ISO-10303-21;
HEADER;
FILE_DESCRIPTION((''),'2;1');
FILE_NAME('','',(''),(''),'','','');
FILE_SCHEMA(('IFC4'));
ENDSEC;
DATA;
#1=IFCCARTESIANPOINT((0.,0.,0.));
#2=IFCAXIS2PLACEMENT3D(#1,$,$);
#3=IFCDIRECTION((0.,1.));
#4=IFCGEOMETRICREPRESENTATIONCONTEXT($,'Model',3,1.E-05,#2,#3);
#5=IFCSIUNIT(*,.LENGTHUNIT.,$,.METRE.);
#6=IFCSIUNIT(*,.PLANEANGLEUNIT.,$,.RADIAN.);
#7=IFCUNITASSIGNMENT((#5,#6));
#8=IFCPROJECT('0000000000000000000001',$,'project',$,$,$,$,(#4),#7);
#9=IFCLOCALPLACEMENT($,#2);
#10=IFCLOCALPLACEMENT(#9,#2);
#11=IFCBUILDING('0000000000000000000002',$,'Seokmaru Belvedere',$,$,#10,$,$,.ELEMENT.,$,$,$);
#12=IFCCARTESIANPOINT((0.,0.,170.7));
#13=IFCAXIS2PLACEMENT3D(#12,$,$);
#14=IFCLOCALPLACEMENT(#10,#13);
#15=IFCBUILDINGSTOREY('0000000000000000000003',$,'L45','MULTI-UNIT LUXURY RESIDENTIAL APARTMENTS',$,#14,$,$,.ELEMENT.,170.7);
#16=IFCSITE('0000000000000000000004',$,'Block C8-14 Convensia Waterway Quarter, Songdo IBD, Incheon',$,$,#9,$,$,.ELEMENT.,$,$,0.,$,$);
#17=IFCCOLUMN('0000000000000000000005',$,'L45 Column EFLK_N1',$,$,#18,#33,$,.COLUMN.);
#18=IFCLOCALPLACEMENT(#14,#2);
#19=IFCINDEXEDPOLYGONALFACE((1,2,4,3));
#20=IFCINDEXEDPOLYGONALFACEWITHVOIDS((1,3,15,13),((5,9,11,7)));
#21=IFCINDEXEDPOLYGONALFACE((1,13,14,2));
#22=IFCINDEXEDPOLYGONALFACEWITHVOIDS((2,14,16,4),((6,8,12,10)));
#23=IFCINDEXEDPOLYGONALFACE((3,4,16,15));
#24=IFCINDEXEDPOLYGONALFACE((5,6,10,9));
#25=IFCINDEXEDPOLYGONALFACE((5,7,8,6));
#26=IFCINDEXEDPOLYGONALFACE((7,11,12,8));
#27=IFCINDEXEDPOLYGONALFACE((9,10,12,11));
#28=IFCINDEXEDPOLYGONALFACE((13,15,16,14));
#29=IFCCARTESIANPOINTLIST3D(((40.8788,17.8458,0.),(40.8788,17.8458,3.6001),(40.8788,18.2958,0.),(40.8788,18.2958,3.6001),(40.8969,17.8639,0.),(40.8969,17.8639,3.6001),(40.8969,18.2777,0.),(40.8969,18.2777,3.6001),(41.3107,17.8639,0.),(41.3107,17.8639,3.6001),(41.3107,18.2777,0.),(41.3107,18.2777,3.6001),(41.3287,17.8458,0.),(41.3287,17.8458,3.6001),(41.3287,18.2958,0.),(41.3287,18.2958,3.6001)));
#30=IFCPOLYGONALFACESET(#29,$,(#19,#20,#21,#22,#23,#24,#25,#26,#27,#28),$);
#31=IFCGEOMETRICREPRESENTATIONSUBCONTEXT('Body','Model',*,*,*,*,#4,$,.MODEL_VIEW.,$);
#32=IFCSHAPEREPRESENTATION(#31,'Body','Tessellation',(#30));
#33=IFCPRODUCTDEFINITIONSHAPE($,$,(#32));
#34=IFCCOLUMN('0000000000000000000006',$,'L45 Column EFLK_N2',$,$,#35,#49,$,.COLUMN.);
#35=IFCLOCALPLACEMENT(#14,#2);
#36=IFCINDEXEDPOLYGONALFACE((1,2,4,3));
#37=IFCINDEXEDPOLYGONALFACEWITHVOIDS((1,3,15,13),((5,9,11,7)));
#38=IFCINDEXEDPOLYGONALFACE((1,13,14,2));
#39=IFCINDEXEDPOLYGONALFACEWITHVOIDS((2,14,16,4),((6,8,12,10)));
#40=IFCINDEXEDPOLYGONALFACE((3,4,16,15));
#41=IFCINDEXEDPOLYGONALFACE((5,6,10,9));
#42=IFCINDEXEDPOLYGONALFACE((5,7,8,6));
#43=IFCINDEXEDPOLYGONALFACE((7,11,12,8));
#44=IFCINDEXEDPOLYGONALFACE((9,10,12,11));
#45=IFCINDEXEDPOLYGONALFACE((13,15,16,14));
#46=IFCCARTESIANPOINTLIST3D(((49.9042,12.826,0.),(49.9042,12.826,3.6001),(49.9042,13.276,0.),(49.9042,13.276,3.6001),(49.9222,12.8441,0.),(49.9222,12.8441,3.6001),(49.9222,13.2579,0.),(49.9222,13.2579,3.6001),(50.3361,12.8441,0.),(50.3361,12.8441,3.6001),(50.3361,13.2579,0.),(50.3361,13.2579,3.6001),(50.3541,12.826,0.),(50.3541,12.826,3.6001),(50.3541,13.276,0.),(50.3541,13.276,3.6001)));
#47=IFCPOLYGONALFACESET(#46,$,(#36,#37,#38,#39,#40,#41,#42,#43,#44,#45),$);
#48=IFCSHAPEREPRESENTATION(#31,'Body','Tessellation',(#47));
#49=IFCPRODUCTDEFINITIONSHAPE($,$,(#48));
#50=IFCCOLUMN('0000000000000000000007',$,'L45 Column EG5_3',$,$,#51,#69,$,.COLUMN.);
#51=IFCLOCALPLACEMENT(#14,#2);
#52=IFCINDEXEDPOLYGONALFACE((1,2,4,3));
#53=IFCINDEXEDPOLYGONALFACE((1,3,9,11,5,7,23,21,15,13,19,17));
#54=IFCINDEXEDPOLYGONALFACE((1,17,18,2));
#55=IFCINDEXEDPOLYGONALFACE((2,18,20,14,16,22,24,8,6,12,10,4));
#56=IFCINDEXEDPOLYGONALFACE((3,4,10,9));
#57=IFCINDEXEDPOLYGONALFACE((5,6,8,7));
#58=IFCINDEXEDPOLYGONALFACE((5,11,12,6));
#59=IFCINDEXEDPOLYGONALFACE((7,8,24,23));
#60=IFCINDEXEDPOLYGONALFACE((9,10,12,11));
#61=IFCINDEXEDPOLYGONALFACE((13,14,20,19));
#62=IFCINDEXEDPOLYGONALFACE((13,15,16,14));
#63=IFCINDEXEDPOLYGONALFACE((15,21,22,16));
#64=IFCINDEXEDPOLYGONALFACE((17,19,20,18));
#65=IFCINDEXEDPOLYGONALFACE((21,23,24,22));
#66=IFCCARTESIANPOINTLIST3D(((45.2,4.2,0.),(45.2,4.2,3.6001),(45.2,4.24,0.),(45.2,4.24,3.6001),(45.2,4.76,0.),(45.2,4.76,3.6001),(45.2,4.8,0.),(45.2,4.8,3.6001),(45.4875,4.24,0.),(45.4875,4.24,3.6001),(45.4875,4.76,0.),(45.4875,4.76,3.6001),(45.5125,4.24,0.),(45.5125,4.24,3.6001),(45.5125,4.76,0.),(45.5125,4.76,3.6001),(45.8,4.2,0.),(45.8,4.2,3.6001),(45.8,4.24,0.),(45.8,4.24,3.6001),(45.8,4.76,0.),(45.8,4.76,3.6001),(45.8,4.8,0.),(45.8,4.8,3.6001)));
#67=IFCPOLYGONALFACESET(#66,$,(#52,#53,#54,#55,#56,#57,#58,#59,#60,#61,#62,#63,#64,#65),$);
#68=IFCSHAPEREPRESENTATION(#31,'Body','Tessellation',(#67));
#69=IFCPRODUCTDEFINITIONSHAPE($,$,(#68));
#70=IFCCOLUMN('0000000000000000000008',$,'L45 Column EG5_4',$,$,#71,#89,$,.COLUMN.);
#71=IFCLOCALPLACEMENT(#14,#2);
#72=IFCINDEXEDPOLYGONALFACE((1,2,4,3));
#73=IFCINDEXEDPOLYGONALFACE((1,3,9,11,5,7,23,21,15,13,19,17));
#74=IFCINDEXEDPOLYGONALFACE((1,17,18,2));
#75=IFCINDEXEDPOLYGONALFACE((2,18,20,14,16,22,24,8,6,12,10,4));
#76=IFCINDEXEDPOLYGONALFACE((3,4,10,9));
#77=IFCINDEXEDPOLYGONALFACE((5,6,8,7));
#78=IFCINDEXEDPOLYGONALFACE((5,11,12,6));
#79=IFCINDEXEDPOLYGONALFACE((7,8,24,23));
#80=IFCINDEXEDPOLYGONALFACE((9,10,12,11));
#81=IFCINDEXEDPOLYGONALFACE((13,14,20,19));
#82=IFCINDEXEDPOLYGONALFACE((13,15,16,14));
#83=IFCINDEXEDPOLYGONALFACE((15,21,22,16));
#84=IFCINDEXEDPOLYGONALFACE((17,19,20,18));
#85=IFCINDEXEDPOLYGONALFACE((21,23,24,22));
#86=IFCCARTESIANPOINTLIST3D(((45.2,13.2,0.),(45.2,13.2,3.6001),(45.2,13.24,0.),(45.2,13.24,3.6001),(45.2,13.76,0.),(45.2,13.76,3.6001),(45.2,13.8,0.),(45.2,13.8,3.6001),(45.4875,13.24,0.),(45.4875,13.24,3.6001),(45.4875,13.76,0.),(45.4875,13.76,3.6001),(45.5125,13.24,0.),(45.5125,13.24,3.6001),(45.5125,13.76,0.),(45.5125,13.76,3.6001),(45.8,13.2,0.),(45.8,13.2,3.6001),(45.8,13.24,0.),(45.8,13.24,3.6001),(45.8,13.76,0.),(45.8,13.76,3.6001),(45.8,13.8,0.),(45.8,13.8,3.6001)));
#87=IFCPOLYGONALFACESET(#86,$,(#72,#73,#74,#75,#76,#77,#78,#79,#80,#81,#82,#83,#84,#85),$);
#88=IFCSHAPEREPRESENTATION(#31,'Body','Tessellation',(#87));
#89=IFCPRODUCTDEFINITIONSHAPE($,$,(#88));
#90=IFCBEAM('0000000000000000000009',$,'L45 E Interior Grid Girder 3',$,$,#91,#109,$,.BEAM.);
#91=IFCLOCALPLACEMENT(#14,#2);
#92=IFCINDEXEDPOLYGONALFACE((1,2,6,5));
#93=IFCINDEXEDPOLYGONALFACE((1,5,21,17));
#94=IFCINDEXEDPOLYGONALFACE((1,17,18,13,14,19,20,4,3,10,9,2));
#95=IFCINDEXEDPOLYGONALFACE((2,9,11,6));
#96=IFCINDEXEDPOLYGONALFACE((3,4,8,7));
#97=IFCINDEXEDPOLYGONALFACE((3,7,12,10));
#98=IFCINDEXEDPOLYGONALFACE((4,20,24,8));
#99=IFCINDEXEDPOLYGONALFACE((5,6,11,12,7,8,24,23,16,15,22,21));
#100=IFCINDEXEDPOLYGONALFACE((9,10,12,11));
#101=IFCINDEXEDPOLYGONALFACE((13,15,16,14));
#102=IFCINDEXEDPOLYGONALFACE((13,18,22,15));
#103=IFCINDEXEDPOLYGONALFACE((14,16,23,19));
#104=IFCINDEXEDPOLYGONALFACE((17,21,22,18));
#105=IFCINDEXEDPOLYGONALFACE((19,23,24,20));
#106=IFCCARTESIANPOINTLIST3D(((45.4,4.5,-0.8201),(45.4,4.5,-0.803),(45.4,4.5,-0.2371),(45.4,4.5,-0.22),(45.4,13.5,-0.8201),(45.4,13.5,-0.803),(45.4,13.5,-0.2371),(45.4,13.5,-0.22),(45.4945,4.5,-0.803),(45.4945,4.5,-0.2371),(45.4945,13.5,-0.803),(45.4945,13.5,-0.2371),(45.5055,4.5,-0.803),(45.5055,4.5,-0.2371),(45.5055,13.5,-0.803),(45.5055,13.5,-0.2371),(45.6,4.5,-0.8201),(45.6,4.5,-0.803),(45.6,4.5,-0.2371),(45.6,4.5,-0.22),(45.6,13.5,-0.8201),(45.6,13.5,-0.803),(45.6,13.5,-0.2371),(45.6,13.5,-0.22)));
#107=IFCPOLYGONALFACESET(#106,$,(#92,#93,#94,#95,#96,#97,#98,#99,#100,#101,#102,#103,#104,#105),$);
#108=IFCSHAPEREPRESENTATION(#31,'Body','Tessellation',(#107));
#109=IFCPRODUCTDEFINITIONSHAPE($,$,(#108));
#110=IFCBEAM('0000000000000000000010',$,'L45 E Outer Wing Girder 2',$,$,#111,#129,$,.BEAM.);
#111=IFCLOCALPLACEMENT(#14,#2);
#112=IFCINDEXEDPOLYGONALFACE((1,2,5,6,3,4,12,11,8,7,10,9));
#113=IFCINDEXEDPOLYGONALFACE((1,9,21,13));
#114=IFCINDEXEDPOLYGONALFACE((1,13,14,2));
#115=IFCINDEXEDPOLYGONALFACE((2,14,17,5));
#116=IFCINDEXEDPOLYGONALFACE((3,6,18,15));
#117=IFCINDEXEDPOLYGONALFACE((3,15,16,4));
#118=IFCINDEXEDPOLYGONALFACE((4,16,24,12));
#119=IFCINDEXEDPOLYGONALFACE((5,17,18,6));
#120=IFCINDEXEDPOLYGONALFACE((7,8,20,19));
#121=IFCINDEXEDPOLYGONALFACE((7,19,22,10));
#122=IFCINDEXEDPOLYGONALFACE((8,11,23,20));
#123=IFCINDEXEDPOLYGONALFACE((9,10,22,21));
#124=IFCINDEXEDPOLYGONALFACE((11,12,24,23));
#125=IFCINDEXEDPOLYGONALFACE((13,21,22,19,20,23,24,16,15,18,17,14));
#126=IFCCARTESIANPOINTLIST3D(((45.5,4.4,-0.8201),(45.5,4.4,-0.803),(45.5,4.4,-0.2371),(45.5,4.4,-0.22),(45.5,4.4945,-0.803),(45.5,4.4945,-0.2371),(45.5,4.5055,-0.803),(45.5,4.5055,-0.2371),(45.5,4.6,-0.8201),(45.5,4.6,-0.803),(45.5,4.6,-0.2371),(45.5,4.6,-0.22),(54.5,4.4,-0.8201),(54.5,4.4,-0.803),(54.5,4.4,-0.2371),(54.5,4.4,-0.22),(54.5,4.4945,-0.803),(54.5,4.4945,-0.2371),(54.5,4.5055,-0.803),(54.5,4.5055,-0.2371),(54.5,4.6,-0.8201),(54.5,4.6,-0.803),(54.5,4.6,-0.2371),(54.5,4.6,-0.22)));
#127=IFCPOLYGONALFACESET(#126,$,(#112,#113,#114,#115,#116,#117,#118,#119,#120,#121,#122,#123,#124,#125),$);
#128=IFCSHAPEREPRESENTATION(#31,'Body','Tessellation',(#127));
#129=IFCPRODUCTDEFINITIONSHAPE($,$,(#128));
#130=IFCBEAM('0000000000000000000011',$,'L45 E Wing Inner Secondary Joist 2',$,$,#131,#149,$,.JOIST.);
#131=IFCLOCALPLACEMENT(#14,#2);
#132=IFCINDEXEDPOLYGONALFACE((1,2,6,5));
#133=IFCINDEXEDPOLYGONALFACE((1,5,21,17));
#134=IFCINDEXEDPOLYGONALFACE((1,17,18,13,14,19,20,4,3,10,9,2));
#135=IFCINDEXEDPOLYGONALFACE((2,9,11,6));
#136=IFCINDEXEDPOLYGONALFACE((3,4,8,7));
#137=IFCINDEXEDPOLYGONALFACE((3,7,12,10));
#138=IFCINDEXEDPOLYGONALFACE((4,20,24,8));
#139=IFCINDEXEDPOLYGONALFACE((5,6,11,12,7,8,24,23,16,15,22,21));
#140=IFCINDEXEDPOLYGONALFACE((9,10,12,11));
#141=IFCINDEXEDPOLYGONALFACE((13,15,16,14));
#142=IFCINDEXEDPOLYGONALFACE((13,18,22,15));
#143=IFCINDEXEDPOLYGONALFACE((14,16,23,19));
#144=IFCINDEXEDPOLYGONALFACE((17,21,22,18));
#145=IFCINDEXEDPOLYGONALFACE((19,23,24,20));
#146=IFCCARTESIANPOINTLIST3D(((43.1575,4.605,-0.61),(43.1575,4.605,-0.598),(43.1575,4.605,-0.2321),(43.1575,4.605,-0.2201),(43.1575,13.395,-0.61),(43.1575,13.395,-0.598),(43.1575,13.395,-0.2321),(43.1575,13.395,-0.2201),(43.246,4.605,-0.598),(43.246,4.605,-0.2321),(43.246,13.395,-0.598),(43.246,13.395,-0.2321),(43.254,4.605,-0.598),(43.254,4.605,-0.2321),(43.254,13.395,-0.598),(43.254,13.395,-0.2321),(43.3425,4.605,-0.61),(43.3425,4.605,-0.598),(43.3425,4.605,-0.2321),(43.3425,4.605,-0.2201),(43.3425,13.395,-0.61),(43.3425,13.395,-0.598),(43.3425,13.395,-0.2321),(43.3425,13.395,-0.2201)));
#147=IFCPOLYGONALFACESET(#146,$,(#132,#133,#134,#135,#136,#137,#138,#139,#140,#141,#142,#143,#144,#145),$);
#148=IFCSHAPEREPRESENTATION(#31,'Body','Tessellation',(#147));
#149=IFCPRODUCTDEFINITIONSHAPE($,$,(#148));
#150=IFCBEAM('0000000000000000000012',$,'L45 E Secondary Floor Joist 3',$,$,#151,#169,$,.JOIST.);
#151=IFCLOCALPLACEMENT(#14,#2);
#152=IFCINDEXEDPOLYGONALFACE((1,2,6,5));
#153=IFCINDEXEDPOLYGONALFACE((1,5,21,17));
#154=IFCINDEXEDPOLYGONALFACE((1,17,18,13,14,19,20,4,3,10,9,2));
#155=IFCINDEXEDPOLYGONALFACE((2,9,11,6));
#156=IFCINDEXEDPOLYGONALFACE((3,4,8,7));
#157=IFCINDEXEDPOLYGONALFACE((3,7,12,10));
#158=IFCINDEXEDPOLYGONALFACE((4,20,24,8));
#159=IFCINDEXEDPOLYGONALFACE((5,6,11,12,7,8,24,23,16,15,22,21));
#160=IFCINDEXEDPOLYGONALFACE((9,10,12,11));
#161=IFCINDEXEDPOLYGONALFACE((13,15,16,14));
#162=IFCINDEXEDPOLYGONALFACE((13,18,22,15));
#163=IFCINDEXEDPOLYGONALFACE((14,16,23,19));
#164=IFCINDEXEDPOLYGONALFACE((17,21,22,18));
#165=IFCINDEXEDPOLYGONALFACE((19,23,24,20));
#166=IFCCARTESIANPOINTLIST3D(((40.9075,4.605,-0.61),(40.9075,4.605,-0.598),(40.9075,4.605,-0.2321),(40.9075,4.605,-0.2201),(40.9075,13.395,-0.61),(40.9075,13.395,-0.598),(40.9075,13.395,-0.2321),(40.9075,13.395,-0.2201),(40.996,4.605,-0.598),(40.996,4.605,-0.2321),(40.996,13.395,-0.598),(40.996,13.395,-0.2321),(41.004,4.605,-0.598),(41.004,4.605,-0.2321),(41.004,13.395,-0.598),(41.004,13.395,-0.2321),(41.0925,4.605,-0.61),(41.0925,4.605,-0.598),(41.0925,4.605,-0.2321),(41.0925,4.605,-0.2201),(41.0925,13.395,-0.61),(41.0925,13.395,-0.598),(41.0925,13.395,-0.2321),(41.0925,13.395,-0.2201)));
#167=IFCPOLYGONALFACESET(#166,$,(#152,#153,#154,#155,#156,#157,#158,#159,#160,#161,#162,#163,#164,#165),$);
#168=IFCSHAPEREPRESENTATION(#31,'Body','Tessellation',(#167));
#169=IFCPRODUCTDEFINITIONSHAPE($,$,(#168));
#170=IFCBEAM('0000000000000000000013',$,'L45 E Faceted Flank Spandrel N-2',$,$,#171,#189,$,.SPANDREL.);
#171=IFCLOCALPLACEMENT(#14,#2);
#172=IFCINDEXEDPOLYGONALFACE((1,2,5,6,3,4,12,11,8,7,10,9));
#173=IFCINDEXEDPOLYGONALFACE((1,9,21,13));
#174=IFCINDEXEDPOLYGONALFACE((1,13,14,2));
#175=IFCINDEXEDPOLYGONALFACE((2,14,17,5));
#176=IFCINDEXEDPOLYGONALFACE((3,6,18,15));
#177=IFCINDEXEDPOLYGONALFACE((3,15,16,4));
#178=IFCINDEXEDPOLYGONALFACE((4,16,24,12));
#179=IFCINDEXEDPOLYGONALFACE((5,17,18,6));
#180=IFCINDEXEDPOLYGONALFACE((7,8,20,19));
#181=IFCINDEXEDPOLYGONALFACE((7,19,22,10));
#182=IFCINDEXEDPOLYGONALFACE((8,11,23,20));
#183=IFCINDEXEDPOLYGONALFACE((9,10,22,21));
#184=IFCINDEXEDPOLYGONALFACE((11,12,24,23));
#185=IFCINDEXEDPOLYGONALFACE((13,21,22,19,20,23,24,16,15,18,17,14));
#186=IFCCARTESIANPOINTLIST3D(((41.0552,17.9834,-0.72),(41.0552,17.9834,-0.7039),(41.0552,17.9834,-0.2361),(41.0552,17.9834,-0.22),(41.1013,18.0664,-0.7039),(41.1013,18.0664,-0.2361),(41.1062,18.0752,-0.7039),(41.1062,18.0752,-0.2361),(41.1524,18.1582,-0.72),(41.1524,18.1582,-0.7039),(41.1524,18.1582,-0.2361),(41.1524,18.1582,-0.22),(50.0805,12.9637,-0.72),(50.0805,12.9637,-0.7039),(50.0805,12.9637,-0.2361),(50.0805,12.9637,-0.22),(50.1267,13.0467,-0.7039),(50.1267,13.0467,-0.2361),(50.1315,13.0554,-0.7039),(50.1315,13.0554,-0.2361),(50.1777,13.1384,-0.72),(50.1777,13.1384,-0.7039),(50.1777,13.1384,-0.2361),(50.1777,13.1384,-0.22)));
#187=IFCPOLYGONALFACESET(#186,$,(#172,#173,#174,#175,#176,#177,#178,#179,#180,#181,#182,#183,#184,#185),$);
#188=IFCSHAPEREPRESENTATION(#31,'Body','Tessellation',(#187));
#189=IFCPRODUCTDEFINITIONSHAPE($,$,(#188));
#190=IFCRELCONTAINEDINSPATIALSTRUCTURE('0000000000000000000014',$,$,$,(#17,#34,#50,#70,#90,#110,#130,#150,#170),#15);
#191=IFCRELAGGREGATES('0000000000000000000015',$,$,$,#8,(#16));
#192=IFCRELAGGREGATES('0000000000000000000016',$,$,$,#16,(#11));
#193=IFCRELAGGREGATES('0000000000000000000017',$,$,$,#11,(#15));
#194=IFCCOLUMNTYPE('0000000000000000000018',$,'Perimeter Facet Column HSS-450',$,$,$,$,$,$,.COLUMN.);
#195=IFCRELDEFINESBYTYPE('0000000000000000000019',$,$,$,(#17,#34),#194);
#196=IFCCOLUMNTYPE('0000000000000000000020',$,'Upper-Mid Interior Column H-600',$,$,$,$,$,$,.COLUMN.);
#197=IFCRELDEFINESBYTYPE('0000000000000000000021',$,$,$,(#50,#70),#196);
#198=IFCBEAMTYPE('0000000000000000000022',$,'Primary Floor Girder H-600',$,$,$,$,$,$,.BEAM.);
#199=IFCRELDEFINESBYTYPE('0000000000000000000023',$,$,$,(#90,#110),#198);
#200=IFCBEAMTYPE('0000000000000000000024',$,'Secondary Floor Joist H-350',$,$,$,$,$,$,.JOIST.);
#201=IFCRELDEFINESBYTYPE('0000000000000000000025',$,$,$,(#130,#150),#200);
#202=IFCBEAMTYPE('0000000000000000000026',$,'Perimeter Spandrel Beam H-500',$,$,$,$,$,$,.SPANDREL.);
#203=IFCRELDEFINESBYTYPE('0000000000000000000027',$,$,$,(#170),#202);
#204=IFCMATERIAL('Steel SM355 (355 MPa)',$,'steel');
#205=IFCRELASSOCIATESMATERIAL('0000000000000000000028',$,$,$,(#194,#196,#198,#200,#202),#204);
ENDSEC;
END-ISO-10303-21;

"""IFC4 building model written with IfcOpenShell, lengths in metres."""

from ifc_helpers import new_model, si_unit, direction, frame, origin, origin_2d, place, context, subcontext, project, spatial, hollow_rectangle, i_section, extrude, source, transform, mapped, material, material_profile, profile_set, type_object, type_shapes, element, save


model = new_model("IFC4")

# Units and contexts
model_context = context("Model", 3, precision=1e-05, world=origin(), true_north=direction((0.0, 1.0)))
body_context = subcontext(model_context, "Body", "Model", "MODEL_VIEW")
ifc_project = project(units=[si_unit("LENGTHUNIT", "METRE"), si_unit("PLANEANGLEUNIT", "RADIAN")], contexts=[model_context])

# Site, building, storey
site_placement = place(None, origin())
site = spatial("IfcSite", under=ifc_project, at=site_placement, Name="Block C8-14 Convensia Waterway Quarter, Songdo IBD, Incheon", CompositionType="ELEMENT", RefElevation=0.0)
building_placement = place(site_placement, origin())
building = spatial("IfcBuilding", under=site, at=building_placement, Name="Seokmaru Belvedere", CompositionType="ELEMENT")
storey_placement = place(building_placement, frame((0.0, 0.0, 170.7)))
storey = spatial("IfcBuildingStorey", under=building, at=storey_placement, Name="L45", Description="MULTI-UNIT LUXURY RESIDENTIAL APARTMENTS", CompositionType="ELEMENT", Elevation=170.7)

# Columns
ifc_material_1 = material(Name="Steel SM355 (355 MPa)", Category="steel")
ifc_material_profile_1 = material_profile(ifc_material_1, hollow_rectangle(XDim=0.45, YDim=0.45, WallThickness=0.0181, at=origin_2d()), Name="HSS-450x450x18")
ifc_profile_set_1 = profile_set([ifc_material_profile_1], Name="Steel SM355 (355 MPa)")
column_type_1 = type_object("IfcColumnType", Name="Perimeter Facet Column HSS-450", PredefinedType="COLUMN", material=ifc_profile_set_1)
shared_shape_1 = source(origin(), body_context, "Body", "SweptSolid", [
    extrude(hollow_rectangle(XDim=0.45, YDim=0.45, WallThickness=0.0181, at=origin_2d()), origin(), (0.0, 0.0, 1.0), 3.6001),
])
type_shapes(column_type_1, [shared_shape_1])
for number, where, z_axis, x_axis, name in (
    (1, (41.1038, 18.0708, 0.0), (0.0, 0.0, 1.0), (1.0, 0.0, 0.0), "L45 Column EFLK_N1"),
    (2, (50.1292, 13.051, 0.0), (0.0, 0.0, 1.0), (1.0, 0.0, 0.0), "L45 Column EFLK_N2"),
):
    element("IfcColumn", number, at=place(storey_placement, frame(where, z_axis=z_axis, x_axis=x_axis)), inside=storey, type_object=column_type_1, Name=name, PredefinedType="COLUMN", context=body_context, shape_type="MappedRepresentation", body=[
        mapped(shared_shape_1, transform((0.0, 0.0, 0.0), scale=1.0)),
    ])
ifc_material_profile_2 = material_profile(ifc_material_1, i_section(OverallWidth=0.6001, OverallDepth=0.6001, WebThickness=0.0249, FlangeThickness=0.04, at=origin_2d()), Name="H-600x600x25x40")
ifc_profile_set_2 = profile_set([ifc_material_profile_2], Name="Steel SM355 (355 MPa)")
column_type_2 = type_object("IfcColumnType", Name="Upper-Mid Interior Column H-600", PredefinedType="COLUMN", material=ifc_profile_set_2)
shared_shape_2 = source(origin(), body_context, "Body", "SweptSolid", [
    extrude(i_section(OverallWidth=0.6001, OverallDepth=0.6001, WebThickness=0.0249, FlangeThickness=0.04, at=origin_2d()), origin(), (0.0, 0.0, 1.0), 3.6001),
])
type_shapes(column_type_2, [shared_shape_2])
for number, where, z_axis, x_axis, name in (
    (3, (45.5, 4.5, 0.0), (0.0, 0.0, 1.0), (1.0, 0.0, 0.0), "L45 Column EG5_3"),
    (4, (45.5, 13.5, 0.0), (0.0, 0.0, 1.0), (1.0, 0.0, 0.0), "L45 Column EG5_4"),
):
    element("IfcColumn", number, at=place(storey_placement, frame(where, z_axis=z_axis, x_axis=x_axis)), inside=storey, type_object=column_type_2, Name=name, PredefinedType="COLUMN", context=body_context, shape_type="MappedRepresentation", body=[
        mapped(shared_shape_2, transform((0.0, 0.0, 0.0), scale=1.0)),
    ])

# Beams
ifc_material_profile_3 = material_profile(ifc_material_1, i_section(OverallWidth=0.2, OverallDepth=0.6001, WebThickness=0.011, FlangeThickness=0.0171, at=origin_2d()), Name="H-600x200x11x17")
ifc_profile_set_3 = profile_set([ifc_material_profile_3], Name="Steel SM355 (355 MPa)")
beam_type_1 = type_object("IfcBeamType", Name="Primary Floor Girder H-600", PredefinedType="BEAM", material=ifc_profile_set_3)
shared_shape_3 = source(origin(), body_context, "Body", "SweptSolid", [
    extrude(i_section(OverallWidth=0.2, OverallDepth=0.6001, WebThickness=0.011, FlangeThickness=0.0171, at=origin_2d()), origin(), (0.0, 0.0, 1.0), 9.0),
])
for number, where, z_axis, x_axis, name in (
    (5, (45.5, 4.5, -0.52), (0.0, 1.0, 0.0), (-1.0, 0.0, 0.0), "L45 E Interior Grid Girder 3"),
    (6, (45.5, 4.5, -0.52), (1.0, 0.0, 0.0), (0.0, 1.0, 0.0), "L45 E Outer Wing Girder 2"),
):
    element("IfcBeam", number, at=place(storey_placement, frame(where, z_axis=z_axis, x_axis=x_axis)), inside=storey, type_object=beam_type_1, Name=name, PredefinedType="BEAM", context=body_context, shape_type="MappedRepresentation", body=[
        mapped(shared_shape_3, transform((0.0, 0.0, 0.0), scale=1.0)),
    ])
ifc_material_profile_4 = material_profile(ifc_material_1, i_section(OverallWidth=0.1851, OverallDepth=0.3899, WebThickness=0.0081, FlangeThickness=0.012, at=origin_2d()), Name="H-390x185x8x12")
ifc_profile_set_4 = profile_set([ifc_material_profile_4], Name="Steel SM355 (355 MPa)")
beam_type_2 = type_object("IfcBeamType", Name="Secondary Floor Joist H-350", PredefinedType="JOIST", material=ifc_profile_set_4)
shared_shape_4 = source(origin(), body_context, "Body", "SweptSolid", [
    extrude(i_section(OverallWidth=0.1851, OverallDepth=0.3899, WebThickness=0.0081, FlangeThickness=0.012, at=origin_2d()), origin(), (0.0, 0.0, 1.0), 8.79),
])
type_shapes(beam_type_2, [shared_shape_4])
for number, where, z_axis, x_axis, name in (
    (7, (43.25, 4.605, -0.415), (0.0, 1.0, 0.0), (-1.0, 0.0, 0.0), "L45 E Wing Inner Secondary Joist 2"),
    (8, (41.0, 4.605, -0.415), (0.0, 1.0, 0.0), (-1.0, 0.0, 0.0), "L45 E Secondary Floor Joist 3"),
):
    element("IfcBeam", number, at=place(storey_placement, frame(where, z_axis=z_axis, x_axis=x_axis)), inside=storey, type_object=beam_type_2, Name=name, PredefinedType="JOIST", context=body_context, shape_type="MappedRepresentation", body=[
        mapped(shared_shape_4, transform((0.0, 0.0, 0.0), scale=1.0)),
    ])
ifc_material_profile_5 = material_profile(ifc_material_1, i_section(OverallWidth=0.2, OverallDepth=0.5, WebThickness=0.01, FlangeThickness=0.0161, at=origin_2d()), Name="H-500x200x10x16")
ifc_profile_set_5 = profile_set([ifc_material_profile_5], Name="Steel SM355 (355 MPa)")
beam_type_3 = type_object("IfcBeamType", Name="Perimeter Spandrel Beam H-500", PredefinedType="SPANDREL", material=ifc_profile_set_5)
shared_shape_5 = source(origin(), body_context, "Body", "SweptSolid", [
    extrude(i_section(OverallWidth=0.2, OverallDepth=0.5, WebThickness=0.01, FlangeThickness=0.0161, at=origin_2d()), origin(), (0.0, 0.0, 1.0), 10.3274),
])
type_shapes(beam_type_3, [shared_shape_5])
for number, where, z_axis, x_axis, name in (
    (9, (41.1038, 18.0708, -0.47), (0.873924, -0.486062, 0.0), (0.486062, 0.873924, 0.0), "L45 E Faceted Flank Spandrel N-2"),
):
    element("IfcBeam", number, at=place(storey_placement, frame(where, z_axis=z_axis, x_axis=x_axis)), inside=storey, type_object=beam_type_3, Name=name, PredefinedType="SPANDREL", context=body_context, shape_type="MappedRepresentation", body=[
        mapped(shared_shape_5, transform((0.0, 0.0, 0.0), scale=1.0)),
    ])

save(model, "model.ifc")
